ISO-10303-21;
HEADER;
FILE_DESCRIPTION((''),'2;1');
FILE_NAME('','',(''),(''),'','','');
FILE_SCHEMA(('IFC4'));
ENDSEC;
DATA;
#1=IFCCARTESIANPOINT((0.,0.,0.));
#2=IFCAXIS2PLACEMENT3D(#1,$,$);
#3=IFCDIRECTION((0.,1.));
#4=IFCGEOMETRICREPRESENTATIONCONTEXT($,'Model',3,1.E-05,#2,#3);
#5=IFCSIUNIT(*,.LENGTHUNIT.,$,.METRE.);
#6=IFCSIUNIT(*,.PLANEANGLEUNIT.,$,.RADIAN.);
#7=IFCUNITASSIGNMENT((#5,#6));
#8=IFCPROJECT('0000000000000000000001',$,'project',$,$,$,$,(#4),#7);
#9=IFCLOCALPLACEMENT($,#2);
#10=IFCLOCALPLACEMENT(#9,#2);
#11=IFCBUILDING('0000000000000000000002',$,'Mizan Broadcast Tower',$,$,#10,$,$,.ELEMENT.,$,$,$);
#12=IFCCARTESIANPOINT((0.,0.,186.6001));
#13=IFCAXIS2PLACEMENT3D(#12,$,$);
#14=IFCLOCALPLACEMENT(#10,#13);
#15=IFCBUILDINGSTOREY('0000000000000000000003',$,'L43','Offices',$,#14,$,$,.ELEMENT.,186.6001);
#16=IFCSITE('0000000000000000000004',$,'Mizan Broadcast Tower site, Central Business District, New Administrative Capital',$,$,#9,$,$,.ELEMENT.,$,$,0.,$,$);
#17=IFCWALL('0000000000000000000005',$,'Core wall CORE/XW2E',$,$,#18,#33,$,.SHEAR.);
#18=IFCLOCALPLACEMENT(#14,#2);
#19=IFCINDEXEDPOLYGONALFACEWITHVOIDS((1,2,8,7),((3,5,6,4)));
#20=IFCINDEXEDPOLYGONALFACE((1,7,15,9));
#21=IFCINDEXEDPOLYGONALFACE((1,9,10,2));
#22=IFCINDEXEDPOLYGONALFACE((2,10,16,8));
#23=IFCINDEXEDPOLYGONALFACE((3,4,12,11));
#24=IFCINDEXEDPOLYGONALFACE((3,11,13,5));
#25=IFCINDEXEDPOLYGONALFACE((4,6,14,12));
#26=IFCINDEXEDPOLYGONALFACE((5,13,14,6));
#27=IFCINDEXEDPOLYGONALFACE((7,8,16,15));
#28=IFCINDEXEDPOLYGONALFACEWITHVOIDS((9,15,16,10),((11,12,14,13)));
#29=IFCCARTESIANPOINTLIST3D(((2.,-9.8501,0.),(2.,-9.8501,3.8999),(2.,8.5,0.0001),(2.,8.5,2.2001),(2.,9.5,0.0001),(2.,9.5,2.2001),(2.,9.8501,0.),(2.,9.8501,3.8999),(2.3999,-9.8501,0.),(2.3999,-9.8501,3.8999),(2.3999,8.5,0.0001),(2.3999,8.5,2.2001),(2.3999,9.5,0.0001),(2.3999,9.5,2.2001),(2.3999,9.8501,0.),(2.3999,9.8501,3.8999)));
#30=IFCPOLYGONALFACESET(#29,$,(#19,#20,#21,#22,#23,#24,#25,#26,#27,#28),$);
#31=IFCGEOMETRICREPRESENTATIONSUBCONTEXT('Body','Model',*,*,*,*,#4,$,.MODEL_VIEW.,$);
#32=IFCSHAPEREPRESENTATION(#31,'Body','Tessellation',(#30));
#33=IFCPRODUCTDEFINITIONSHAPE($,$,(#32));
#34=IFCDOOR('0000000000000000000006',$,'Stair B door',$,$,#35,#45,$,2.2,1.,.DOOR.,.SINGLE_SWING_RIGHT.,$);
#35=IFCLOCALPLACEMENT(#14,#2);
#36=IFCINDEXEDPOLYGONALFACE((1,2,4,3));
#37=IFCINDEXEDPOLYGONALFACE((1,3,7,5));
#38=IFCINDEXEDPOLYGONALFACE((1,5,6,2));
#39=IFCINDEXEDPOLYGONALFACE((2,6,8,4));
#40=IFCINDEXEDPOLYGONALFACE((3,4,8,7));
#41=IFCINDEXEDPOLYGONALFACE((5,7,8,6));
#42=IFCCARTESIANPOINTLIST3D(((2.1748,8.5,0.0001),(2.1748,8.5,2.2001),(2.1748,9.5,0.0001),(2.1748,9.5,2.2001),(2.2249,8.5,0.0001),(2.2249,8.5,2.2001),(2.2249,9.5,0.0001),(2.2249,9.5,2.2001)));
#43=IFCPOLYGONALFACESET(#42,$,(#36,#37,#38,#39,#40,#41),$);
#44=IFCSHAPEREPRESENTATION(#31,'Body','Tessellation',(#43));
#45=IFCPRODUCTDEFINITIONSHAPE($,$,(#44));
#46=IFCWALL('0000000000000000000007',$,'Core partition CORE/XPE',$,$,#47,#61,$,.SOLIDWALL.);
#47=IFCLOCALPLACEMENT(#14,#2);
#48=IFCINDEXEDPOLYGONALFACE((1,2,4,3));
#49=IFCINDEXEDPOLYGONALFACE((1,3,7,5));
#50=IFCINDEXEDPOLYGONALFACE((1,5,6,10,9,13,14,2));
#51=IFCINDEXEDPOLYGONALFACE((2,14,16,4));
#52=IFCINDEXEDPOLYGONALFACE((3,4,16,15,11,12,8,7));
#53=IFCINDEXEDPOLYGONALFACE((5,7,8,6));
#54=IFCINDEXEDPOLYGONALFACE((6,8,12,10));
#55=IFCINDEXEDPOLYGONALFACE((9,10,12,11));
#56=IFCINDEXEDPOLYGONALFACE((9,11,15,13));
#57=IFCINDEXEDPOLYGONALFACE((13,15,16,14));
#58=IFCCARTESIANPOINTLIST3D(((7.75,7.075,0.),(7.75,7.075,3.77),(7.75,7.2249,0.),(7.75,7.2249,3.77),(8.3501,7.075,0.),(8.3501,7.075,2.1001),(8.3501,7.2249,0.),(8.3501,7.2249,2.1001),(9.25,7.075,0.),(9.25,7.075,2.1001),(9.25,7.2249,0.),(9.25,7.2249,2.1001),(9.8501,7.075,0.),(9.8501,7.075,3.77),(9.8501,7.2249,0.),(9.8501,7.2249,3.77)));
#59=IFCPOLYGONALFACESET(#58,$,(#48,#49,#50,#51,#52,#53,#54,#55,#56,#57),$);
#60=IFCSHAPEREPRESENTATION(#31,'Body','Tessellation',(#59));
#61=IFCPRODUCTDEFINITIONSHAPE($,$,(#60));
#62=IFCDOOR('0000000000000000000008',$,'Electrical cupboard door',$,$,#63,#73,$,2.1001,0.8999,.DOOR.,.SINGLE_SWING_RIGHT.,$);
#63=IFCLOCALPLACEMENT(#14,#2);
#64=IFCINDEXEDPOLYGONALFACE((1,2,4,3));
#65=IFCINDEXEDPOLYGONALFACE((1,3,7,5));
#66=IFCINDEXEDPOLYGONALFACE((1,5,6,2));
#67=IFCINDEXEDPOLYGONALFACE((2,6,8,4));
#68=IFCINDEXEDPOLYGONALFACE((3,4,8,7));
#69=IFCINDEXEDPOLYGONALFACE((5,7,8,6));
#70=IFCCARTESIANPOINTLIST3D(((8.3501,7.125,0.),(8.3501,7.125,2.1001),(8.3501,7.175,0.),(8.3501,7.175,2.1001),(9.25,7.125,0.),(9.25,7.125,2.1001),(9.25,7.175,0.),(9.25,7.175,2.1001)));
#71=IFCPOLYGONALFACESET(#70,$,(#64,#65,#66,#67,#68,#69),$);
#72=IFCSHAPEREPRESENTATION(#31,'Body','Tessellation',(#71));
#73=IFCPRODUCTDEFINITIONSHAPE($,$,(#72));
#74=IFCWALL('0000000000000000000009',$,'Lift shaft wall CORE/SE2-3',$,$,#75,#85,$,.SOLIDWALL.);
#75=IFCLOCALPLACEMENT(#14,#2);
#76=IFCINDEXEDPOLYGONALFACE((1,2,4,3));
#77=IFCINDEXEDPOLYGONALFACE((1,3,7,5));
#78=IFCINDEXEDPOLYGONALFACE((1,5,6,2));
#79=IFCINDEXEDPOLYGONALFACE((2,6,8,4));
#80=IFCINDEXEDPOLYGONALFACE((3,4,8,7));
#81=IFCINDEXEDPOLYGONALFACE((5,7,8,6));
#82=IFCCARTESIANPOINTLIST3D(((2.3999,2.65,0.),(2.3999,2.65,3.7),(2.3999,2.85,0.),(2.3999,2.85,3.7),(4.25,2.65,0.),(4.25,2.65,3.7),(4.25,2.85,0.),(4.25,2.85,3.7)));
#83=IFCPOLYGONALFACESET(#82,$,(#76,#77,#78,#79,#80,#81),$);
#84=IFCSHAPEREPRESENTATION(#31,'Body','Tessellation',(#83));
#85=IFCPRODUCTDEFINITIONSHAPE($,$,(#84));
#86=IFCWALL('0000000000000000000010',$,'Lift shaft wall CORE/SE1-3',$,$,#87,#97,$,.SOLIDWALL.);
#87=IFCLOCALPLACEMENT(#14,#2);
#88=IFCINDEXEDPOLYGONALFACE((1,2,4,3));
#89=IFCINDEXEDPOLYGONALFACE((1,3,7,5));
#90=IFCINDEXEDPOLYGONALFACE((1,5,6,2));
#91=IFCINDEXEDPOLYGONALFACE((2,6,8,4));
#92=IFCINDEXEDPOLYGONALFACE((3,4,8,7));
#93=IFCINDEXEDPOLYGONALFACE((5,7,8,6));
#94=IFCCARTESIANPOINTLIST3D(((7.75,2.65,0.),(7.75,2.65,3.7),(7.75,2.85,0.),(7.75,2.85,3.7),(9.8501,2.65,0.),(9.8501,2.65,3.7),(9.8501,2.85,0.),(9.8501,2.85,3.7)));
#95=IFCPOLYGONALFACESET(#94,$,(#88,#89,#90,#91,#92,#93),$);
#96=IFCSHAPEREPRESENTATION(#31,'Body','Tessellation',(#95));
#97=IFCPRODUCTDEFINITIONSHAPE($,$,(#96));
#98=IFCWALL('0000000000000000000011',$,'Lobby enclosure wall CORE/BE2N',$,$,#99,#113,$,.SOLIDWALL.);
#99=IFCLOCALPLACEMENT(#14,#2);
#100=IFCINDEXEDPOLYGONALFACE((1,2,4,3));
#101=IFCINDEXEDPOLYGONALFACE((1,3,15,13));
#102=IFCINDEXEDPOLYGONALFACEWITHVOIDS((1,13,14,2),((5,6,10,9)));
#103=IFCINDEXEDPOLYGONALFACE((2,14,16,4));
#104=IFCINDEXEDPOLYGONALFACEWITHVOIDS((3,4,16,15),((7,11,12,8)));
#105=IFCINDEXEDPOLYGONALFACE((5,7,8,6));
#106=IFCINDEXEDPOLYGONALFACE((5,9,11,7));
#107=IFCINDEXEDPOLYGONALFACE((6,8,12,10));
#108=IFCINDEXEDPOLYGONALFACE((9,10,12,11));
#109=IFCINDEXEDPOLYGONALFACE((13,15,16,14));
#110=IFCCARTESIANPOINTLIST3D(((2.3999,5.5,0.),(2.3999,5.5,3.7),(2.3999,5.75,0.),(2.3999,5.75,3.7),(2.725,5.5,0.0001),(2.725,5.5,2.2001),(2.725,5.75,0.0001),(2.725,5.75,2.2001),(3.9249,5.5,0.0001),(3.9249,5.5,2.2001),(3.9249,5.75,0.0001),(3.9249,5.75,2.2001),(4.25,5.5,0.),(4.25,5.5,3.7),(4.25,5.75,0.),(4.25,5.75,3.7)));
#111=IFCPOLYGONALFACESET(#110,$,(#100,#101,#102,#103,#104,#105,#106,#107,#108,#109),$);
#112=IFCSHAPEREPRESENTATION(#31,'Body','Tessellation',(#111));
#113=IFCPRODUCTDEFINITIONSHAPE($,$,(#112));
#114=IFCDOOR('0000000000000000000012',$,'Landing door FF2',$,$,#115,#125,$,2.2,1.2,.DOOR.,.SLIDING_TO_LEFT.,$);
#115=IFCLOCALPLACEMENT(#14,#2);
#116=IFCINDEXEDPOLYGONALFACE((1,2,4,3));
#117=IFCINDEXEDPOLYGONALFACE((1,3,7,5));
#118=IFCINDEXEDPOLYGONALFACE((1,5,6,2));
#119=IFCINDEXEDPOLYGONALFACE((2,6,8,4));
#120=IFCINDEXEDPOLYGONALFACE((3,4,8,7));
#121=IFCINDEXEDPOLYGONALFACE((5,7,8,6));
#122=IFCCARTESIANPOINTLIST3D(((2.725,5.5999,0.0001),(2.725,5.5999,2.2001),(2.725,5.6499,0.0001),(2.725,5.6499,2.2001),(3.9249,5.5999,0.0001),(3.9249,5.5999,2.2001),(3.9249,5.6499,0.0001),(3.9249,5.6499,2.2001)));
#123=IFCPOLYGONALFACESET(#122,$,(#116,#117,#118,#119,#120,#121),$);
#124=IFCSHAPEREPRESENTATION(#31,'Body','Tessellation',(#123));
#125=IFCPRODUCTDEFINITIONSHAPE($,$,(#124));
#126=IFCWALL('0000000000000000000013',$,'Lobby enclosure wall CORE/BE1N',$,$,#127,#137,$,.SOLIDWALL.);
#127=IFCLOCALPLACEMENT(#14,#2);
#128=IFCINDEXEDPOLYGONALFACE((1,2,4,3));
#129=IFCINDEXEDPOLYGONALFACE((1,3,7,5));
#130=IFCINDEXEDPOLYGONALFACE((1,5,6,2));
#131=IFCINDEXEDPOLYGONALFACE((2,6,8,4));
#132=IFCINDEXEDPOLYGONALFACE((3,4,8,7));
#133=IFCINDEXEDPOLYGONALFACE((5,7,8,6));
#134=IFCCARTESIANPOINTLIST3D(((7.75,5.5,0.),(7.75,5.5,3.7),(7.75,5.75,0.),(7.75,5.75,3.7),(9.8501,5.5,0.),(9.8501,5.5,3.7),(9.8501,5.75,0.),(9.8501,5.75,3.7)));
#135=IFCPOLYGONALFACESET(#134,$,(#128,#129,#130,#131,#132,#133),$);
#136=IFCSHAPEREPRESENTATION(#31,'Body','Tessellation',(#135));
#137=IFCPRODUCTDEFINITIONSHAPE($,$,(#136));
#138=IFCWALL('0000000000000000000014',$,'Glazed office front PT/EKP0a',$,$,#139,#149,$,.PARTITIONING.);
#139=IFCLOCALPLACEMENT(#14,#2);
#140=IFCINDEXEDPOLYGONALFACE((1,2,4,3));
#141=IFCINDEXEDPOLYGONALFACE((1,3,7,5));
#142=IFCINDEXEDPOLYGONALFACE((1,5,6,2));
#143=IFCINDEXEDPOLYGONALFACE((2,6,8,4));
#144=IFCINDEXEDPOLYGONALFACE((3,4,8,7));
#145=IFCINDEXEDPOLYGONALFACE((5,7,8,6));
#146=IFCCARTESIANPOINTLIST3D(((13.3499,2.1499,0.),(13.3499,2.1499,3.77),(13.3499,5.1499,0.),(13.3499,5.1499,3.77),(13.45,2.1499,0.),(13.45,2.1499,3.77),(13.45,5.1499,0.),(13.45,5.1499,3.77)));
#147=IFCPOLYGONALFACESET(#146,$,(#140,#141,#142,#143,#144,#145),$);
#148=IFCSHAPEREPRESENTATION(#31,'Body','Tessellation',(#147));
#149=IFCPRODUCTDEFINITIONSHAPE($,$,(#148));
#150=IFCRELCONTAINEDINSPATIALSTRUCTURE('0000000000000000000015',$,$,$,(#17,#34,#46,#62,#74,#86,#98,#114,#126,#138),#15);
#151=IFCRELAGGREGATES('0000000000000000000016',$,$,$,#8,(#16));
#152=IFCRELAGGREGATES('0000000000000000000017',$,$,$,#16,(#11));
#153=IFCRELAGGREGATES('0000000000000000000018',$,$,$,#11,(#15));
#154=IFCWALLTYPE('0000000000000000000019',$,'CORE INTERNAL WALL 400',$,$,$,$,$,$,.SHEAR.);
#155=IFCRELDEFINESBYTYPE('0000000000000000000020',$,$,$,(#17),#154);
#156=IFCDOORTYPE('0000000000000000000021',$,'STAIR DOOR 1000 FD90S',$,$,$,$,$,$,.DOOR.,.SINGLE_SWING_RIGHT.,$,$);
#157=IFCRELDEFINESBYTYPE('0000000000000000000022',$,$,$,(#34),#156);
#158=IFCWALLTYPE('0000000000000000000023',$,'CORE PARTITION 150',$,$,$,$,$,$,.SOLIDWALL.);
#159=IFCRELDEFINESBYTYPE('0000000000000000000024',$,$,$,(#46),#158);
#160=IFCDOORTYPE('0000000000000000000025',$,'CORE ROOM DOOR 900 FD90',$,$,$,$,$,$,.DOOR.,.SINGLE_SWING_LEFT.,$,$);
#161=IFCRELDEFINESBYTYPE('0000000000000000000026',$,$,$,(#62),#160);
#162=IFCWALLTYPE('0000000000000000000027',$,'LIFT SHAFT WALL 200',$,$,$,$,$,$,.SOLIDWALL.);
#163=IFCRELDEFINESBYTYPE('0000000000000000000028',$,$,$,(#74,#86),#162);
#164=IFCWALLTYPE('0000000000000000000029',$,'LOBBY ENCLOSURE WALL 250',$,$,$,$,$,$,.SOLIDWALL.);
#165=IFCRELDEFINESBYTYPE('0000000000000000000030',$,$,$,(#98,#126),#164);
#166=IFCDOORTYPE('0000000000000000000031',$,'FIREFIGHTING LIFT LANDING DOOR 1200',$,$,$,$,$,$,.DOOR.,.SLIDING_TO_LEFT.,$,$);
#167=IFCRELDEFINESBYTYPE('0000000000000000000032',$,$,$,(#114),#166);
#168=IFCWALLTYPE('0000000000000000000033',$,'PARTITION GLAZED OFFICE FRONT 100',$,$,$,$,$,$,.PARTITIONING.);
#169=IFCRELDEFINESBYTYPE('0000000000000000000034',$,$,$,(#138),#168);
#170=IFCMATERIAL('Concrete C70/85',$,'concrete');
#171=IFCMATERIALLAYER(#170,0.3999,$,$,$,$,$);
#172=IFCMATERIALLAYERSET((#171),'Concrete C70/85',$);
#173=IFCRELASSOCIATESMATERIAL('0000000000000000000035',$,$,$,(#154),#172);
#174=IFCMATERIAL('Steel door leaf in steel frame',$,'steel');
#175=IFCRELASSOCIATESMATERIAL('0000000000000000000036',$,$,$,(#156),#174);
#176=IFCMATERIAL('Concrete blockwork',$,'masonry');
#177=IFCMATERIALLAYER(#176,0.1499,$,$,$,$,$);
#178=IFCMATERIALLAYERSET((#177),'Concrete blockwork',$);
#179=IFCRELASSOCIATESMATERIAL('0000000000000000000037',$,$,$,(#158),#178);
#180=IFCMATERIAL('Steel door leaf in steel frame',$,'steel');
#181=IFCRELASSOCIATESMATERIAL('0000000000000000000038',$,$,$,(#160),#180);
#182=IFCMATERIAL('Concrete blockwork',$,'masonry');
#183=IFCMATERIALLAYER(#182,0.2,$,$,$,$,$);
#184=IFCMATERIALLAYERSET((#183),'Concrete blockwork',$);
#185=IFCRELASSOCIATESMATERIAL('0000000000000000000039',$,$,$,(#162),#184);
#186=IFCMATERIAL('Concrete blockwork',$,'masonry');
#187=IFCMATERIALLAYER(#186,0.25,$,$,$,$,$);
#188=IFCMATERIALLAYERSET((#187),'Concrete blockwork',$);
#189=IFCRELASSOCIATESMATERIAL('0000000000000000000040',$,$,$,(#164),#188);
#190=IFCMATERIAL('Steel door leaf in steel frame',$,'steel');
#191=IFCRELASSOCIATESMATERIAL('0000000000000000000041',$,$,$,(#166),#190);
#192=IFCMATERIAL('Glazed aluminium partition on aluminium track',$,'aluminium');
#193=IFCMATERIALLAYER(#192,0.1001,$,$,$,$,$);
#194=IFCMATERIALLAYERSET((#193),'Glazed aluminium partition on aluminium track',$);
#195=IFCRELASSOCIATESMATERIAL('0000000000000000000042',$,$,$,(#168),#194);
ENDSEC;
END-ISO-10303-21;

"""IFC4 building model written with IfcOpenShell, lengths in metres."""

from ifc_helpers import new_model, si_unit, direction, frame, frame_2d, origin, place, context, subcontext, project, spatial, rectangle, extrude, material, layer, layer_set, type_object, element, fill, save


model = new_model("IFC4")

# Units and contexts
model_context = context("Model", 3, precision=1e-05, world=origin(), true_north=direction((0.0, 1.0)))
body_context = subcontext(model_context, "Body", "Model", "MODEL_VIEW")
ifc_project = project(units=[si_unit("LENGTHUNIT", "METRE"), si_unit("PLANEANGLEUNIT", "RADIAN")], contexts=[model_context])

# Site, building, storey
site_placement = place(None, origin())
site = spatial("IfcSite", under=ifc_project, at=site_placement, Name="Mizan Broadcast Tower site, Central Business District, New Administrative Capital", CompositionType="ELEMENT", RefElevation=0.0)
building_placement = place(site_placement, origin())
building = spatial("IfcBuilding", under=site, at=building_placement, Name="Mizan Broadcast Tower", CompositionType="ELEMENT")
storey_placement = place(building_placement, frame((0.0, 0.0, 186.6001)))
storey = spatial("IfcBuildingStorey", under=building, at=storey_placement, Name="L43", Description="Offices", CompositionType="ELEMENT", Elevation=186.6001)

# Walls, openings, doors
ifc_material_1 = material(Name="Concrete C70/85", Category="concrete")
ifc_layer_1 = layer(ifc_material_1, 0.3999)
ifc_layer_set_1 = layer_set([ifc_layer_1], Name="Concrete C70/85")
wall_type_1 = type_object("IfcWallType", Name="CORE INTERNAL WALL 400", PredefinedType="SHEAR", material=ifc_layer_set_1)
wall_1_placement = place(storey_placement, frame((2.2, 9.8501, 0.0), z_axis=(0.0, 0.0, 1.0), x_axis=(0.0, -1.0, 0.0)))
wall_1 = element("IfcWall", 1, at=wall_1_placement, inside=storey, type_object=wall_type_1, Name="Core wall CORE/XW2E", PredefinedType="SHEAR", context=body_context, shape_type="SweptSolid", body=[
    extrude(rectangle(XDim=19.7002, YDim=0.3999, at=frame_2d((9.8501, 0.0))), origin(), (0.0, 0.0, 1.0), 3.8999),
])
opening_1_placement = place(wall_1_placement, frame((0.3501, 0.0, 0.0)))
opening_1 = element("IfcOpeningElement", 2, at=opening_1_placement, cuts=wall_1, PredefinedType="OPENING", context=body_context, shape_type="SweptSolid", body=[
    extrude(rectangle(XDim=1.0, YDim=2.2, at=frame_2d((0.5, 1.1001))), frame((0.0, 0.21, 0.0), z_axis=(0.0, -1.0, 0.0), x_axis=(1.0, 0.0, 0.0)), (0.0, 0.0, 1.0), 0.4199),
])
ifc_material_2 = material(Name="Steel door leaf in steel frame", Category="steel")
door_type_1 = type_object("IfcDoorType", Name="STAIR DOOR 1000 FD90S", OperationType="SINGLE_SWING_RIGHT", PredefinedType="DOOR", material=ifc_material_2)
door_1_placement = place(opening_1_placement, origin())
door_1 = element("IfcDoor", 3, at=door_1_placement, inside=storey, type_object=door_type_1, Name="Stair B door", OperationType="SINGLE_SWING_RIGHT", OverallHeight=2.2, OverallWidth=1.0, PredefinedType="DOOR", context=body_context, shape_type="SweptSolid", body=[
    extrude(rectangle(XDim=1.0, YDim=2.2, at=frame_2d((0.5, 1.1001))), frame((0.0, 0.0249, 0.0), z_axis=(0.0, -1.0, 0.0), x_axis=(1.0, 0.0, 0.0)), (0.0, 0.0, 1.0), 0.05),
])
fill(opening_1, door_1)
ifc_material_3 = material(Name="Concrete blockwork", Category="masonry")
ifc_layer_2 = layer(ifc_material_3, 0.1499)
ifc_layer_set_2 = layer_set([ifc_layer_2], Name="Concrete blockwork")
wall_type_2 = type_object("IfcWallType", Name="CORE PARTITION 150", PredefinedType="SOLIDWALL", material=ifc_layer_set_2)
wall_2_placement = place(storey_placement, frame((9.8501, 7.1499, 0.0), z_axis=(0.0, 0.0, 1.0), x_axis=(-1.0, 0.0, 0.0)))
wall_2 = element("IfcWall", 4, at=wall_2_placement, inside=storey, type_object=wall_type_2, Name="Core partition CORE/XPE", PredefinedType="SOLIDWALL", context=body_context, shape_type="SweptSolid", body=[
    extrude(rectangle(XDim=2.1001, YDim=0.1499, at=frame_2d((1.05, 0.0))), origin(), (0.0, 0.0, 1.0), 3.77),
])
opening_2_placement = place(wall_2_placement, frame((0.6001, 0.0, 0.0)))
opening_2 = element("IfcOpeningElement", 5, at=opening_2_placement, cuts=wall_2, PredefinedType="OPENING", context=body_context, shape_type="SweptSolid", body=[
    extrude(rectangle(XDim=0.8999, YDim=2.1001, at=frame_2d((0.45, 1.05))), frame((0.0, 0.085, 0.0), z_axis=(0.0, -1.0, 0.0), x_axis=(1.0, 0.0, 0.0)), (0.0, 0.0, 1.0), 0.1699),
])
ifc_material_4 = material(Name="Steel door leaf in steel frame", Category="steel")
door_type_2 = type_object("IfcDoorType", Name="CORE ROOM DOOR 900 FD90", OperationType="SINGLE_SWING_LEFT", PredefinedType="DOOR", material=ifc_material_4)
door_2_placement = place(opening_2_placement, origin())
door_2 = element("IfcDoor", 6, at=door_2_placement, inside=storey, type_object=door_type_2, Name="Electrical cupboard door", OperationType="SINGLE_SWING_RIGHT", OverallHeight=2.1001, OverallWidth=0.8999, PredefinedType="DOOR", context=body_context, shape_type="SweptSolid", body=[
    extrude(rectangle(XDim=0.8999, YDim=2.1001, at=frame_2d((0.45, 1.05))), frame((0.0, 0.0249, 0.0), z_axis=(0.0, -1.0, 0.0), x_axis=(1.0, 0.0, 0.0)), (0.0, 0.0, 1.0), 0.05),
])
fill(opening_2, door_2)

# Walls
ifc_material_5 = material(Name="Concrete blockwork", Category="masonry")
ifc_layer_3 = layer(ifc_material_5, 0.2)
ifc_layer_set_3 = layer_set([ifc_layer_3], Name="Concrete blockwork")
wall_type_3 = type_object("IfcWallType", Name="LIFT SHAFT WALL 200", PredefinedType="SOLIDWALL", material=ifc_layer_set_3)
wall_3_placement = place(storey_placement, frame((2.3999, 2.75, 0.0), z_axis=(0.0, 0.0, 1.0), x_axis=(1.0, 0.0, 0.0)))
element("IfcWall", 7, at=wall_3_placement, inside=storey, type_object=wall_type_3, Name="Lift shaft wall CORE/SE2-3", PredefinedType="SOLIDWALL", context=body_context, shape_type="SweptSolid", body=[
    extrude(rectangle(XDim=1.8501, YDim=0.2, at=frame_2d((0.925, 0.0))), origin(), (0.0, 0.0, 1.0), 3.7),
])
wall_4_placement = place(storey_placement, frame((7.75, 2.75, 0.0), z_axis=(0.0, 0.0, 1.0), x_axis=(1.0, 0.0, 0.0)))
element("IfcWall", 8, at=wall_4_placement, inside=storey, type_object=wall_type_3, Name="Lift shaft wall CORE/SE1-3", PredefinedType="SOLIDWALL", context=body_context, shape_type="SweptSolid", body=[
    extrude(rectangle(XDim=2.1001, YDim=0.2, at=frame_2d((1.05, 0.0))), origin(), (0.0, 0.0, 1.0), 3.7),
])

# Wall, opening, door
ifc_material_6 = material(Name="Concrete blockwork", Category="masonry")
ifc_layer_4 = layer(ifc_material_6, 0.25)
ifc_layer_set_4 = layer_set([ifc_layer_4], Name="Concrete blockwork")
wall_type_4 = type_object("IfcWallType", Name="LOBBY ENCLOSURE WALL 250", PredefinedType="SOLIDWALL", material=ifc_layer_set_4)
wall_5_placement = place(storey_placement, frame((2.3999, 5.625, 0.0), z_axis=(0.0, 0.0, 1.0), x_axis=(1.0, 0.0, 0.0)))
wall_5 = element("IfcWall", 9, at=wall_5_placement, inside=storey, type_object=wall_type_4, Name="Lobby enclosure wall CORE/BE2N", PredefinedType="SOLIDWALL", context=body_context, shape_type="SweptSolid", body=[
    extrude(rectangle(XDim=1.8501, YDim=0.25, at=frame_2d((0.925, 0.0))), origin(), (0.0, 0.0, 1.0), 3.7),
])
opening_3_placement = place(wall_5_placement, frame((0.325, 0.0, 0.0)))
opening_3 = element("IfcOpeningElement", 10, at=opening_3_placement, cuts=wall_5, PredefinedType="OPENING", context=body_context, shape_type="SweptSolid", body=[
    extrude(rectangle(XDim=1.2, YDim=2.2, at=frame_2d((0.6001, 1.1001))), frame((0.0, 0.135, 0.0), z_axis=(0.0, -1.0, 0.0), x_axis=(1.0, 0.0, 0.0)), (0.0, 0.0, 1.0), 0.27),
])
ifc_material_7 = material(Name="Steel door leaf in steel frame", Category="steel")
door_type_3 = type_object("IfcDoorType", Name="FIREFIGHTING LIFT LANDING DOOR 1200", OperationType="SLIDING_TO_LEFT", PredefinedType="DOOR", material=ifc_material_7)
door_3_placement = place(opening_3_placement, origin())
door_3 = element("IfcDoor", 11, at=door_3_placement, inside=storey, type_object=door_type_3, Name="Landing door FF2", OperationType="SLIDING_TO_LEFT", OverallHeight=2.2, OverallWidth=1.2, PredefinedType="DOOR", context=body_context, shape_type="SweptSolid", body=[
    extrude(rectangle(XDim=1.2, YDim=2.2, at=frame_2d((0.6001, 1.1001))), frame((0.0, 0.0249, 0.0), z_axis=(0.0, -1.0, 0.0), x_axis=(1.0, 0.0, 0.0)), (0.0, 0.0, 1.0), 0.05),
])
fill(opening_3, door_3)

# Walls
wall_6_placement = place(storey_placement, frame((7.75, 5.625, 0.0), z_axis=(0.0, 0.0, 1.0), x_axis=(1.0, 0.0, 0.0)))
element("IfcWall", 12, at=wall_6_placement, inside=storey, type_object=wall_type_4, Name="Lobby enclosure wall CORE/BE1N", PredefinedType="SOLIDWALL", context=body_context, shape_type="SweptSolid", body=[
    extrude(rectangle(XDim=2.1001, YDim=0.25, at=frame_2d((1.05, 0.0))), origin(), (0.0, 0.0, 1.0), 3.7),
])
ifc_material_8 = material(Name="Glazed aluminium partition on aluminium track", Category="aluminium")
ifc_layer_5 = layer(ifc_material_8, 0.1001)
ifc_layer_set_5 = layer_set([ifc_layer_5], Name="Glazed aluminium partition on aluminium track")
wall_type_5 = type_object("IfcWallType", Name="PARTITION GLAZED OFFICE FRONT 100", PredefinedType="PARTITIONING", material=ifc_layer_set_5)
wall_7_placement = place(storey_placement, frame((13.3999, 2.1499, 0.0), z_axis=(0.0, 0.0, 1.0), x_axis=(0.0, 1.0, 0.0)))
element("IfcWall", 13, at=wall_7_placement, inside=storey, type_object=wall_type_5, Name="Glazed office front PT/EKP0a", PredefinedType="PARTITIONING", context=body_context, shape_type="SweptSolid", body=[
    extrude(rectangle(XDim=3.0, YDim=0.1001, at=frame_2d((1.5, 0.0))), origin(), (0.0, 0.0, 1.0), 3.77),
])

save(model, "model.ifc")
